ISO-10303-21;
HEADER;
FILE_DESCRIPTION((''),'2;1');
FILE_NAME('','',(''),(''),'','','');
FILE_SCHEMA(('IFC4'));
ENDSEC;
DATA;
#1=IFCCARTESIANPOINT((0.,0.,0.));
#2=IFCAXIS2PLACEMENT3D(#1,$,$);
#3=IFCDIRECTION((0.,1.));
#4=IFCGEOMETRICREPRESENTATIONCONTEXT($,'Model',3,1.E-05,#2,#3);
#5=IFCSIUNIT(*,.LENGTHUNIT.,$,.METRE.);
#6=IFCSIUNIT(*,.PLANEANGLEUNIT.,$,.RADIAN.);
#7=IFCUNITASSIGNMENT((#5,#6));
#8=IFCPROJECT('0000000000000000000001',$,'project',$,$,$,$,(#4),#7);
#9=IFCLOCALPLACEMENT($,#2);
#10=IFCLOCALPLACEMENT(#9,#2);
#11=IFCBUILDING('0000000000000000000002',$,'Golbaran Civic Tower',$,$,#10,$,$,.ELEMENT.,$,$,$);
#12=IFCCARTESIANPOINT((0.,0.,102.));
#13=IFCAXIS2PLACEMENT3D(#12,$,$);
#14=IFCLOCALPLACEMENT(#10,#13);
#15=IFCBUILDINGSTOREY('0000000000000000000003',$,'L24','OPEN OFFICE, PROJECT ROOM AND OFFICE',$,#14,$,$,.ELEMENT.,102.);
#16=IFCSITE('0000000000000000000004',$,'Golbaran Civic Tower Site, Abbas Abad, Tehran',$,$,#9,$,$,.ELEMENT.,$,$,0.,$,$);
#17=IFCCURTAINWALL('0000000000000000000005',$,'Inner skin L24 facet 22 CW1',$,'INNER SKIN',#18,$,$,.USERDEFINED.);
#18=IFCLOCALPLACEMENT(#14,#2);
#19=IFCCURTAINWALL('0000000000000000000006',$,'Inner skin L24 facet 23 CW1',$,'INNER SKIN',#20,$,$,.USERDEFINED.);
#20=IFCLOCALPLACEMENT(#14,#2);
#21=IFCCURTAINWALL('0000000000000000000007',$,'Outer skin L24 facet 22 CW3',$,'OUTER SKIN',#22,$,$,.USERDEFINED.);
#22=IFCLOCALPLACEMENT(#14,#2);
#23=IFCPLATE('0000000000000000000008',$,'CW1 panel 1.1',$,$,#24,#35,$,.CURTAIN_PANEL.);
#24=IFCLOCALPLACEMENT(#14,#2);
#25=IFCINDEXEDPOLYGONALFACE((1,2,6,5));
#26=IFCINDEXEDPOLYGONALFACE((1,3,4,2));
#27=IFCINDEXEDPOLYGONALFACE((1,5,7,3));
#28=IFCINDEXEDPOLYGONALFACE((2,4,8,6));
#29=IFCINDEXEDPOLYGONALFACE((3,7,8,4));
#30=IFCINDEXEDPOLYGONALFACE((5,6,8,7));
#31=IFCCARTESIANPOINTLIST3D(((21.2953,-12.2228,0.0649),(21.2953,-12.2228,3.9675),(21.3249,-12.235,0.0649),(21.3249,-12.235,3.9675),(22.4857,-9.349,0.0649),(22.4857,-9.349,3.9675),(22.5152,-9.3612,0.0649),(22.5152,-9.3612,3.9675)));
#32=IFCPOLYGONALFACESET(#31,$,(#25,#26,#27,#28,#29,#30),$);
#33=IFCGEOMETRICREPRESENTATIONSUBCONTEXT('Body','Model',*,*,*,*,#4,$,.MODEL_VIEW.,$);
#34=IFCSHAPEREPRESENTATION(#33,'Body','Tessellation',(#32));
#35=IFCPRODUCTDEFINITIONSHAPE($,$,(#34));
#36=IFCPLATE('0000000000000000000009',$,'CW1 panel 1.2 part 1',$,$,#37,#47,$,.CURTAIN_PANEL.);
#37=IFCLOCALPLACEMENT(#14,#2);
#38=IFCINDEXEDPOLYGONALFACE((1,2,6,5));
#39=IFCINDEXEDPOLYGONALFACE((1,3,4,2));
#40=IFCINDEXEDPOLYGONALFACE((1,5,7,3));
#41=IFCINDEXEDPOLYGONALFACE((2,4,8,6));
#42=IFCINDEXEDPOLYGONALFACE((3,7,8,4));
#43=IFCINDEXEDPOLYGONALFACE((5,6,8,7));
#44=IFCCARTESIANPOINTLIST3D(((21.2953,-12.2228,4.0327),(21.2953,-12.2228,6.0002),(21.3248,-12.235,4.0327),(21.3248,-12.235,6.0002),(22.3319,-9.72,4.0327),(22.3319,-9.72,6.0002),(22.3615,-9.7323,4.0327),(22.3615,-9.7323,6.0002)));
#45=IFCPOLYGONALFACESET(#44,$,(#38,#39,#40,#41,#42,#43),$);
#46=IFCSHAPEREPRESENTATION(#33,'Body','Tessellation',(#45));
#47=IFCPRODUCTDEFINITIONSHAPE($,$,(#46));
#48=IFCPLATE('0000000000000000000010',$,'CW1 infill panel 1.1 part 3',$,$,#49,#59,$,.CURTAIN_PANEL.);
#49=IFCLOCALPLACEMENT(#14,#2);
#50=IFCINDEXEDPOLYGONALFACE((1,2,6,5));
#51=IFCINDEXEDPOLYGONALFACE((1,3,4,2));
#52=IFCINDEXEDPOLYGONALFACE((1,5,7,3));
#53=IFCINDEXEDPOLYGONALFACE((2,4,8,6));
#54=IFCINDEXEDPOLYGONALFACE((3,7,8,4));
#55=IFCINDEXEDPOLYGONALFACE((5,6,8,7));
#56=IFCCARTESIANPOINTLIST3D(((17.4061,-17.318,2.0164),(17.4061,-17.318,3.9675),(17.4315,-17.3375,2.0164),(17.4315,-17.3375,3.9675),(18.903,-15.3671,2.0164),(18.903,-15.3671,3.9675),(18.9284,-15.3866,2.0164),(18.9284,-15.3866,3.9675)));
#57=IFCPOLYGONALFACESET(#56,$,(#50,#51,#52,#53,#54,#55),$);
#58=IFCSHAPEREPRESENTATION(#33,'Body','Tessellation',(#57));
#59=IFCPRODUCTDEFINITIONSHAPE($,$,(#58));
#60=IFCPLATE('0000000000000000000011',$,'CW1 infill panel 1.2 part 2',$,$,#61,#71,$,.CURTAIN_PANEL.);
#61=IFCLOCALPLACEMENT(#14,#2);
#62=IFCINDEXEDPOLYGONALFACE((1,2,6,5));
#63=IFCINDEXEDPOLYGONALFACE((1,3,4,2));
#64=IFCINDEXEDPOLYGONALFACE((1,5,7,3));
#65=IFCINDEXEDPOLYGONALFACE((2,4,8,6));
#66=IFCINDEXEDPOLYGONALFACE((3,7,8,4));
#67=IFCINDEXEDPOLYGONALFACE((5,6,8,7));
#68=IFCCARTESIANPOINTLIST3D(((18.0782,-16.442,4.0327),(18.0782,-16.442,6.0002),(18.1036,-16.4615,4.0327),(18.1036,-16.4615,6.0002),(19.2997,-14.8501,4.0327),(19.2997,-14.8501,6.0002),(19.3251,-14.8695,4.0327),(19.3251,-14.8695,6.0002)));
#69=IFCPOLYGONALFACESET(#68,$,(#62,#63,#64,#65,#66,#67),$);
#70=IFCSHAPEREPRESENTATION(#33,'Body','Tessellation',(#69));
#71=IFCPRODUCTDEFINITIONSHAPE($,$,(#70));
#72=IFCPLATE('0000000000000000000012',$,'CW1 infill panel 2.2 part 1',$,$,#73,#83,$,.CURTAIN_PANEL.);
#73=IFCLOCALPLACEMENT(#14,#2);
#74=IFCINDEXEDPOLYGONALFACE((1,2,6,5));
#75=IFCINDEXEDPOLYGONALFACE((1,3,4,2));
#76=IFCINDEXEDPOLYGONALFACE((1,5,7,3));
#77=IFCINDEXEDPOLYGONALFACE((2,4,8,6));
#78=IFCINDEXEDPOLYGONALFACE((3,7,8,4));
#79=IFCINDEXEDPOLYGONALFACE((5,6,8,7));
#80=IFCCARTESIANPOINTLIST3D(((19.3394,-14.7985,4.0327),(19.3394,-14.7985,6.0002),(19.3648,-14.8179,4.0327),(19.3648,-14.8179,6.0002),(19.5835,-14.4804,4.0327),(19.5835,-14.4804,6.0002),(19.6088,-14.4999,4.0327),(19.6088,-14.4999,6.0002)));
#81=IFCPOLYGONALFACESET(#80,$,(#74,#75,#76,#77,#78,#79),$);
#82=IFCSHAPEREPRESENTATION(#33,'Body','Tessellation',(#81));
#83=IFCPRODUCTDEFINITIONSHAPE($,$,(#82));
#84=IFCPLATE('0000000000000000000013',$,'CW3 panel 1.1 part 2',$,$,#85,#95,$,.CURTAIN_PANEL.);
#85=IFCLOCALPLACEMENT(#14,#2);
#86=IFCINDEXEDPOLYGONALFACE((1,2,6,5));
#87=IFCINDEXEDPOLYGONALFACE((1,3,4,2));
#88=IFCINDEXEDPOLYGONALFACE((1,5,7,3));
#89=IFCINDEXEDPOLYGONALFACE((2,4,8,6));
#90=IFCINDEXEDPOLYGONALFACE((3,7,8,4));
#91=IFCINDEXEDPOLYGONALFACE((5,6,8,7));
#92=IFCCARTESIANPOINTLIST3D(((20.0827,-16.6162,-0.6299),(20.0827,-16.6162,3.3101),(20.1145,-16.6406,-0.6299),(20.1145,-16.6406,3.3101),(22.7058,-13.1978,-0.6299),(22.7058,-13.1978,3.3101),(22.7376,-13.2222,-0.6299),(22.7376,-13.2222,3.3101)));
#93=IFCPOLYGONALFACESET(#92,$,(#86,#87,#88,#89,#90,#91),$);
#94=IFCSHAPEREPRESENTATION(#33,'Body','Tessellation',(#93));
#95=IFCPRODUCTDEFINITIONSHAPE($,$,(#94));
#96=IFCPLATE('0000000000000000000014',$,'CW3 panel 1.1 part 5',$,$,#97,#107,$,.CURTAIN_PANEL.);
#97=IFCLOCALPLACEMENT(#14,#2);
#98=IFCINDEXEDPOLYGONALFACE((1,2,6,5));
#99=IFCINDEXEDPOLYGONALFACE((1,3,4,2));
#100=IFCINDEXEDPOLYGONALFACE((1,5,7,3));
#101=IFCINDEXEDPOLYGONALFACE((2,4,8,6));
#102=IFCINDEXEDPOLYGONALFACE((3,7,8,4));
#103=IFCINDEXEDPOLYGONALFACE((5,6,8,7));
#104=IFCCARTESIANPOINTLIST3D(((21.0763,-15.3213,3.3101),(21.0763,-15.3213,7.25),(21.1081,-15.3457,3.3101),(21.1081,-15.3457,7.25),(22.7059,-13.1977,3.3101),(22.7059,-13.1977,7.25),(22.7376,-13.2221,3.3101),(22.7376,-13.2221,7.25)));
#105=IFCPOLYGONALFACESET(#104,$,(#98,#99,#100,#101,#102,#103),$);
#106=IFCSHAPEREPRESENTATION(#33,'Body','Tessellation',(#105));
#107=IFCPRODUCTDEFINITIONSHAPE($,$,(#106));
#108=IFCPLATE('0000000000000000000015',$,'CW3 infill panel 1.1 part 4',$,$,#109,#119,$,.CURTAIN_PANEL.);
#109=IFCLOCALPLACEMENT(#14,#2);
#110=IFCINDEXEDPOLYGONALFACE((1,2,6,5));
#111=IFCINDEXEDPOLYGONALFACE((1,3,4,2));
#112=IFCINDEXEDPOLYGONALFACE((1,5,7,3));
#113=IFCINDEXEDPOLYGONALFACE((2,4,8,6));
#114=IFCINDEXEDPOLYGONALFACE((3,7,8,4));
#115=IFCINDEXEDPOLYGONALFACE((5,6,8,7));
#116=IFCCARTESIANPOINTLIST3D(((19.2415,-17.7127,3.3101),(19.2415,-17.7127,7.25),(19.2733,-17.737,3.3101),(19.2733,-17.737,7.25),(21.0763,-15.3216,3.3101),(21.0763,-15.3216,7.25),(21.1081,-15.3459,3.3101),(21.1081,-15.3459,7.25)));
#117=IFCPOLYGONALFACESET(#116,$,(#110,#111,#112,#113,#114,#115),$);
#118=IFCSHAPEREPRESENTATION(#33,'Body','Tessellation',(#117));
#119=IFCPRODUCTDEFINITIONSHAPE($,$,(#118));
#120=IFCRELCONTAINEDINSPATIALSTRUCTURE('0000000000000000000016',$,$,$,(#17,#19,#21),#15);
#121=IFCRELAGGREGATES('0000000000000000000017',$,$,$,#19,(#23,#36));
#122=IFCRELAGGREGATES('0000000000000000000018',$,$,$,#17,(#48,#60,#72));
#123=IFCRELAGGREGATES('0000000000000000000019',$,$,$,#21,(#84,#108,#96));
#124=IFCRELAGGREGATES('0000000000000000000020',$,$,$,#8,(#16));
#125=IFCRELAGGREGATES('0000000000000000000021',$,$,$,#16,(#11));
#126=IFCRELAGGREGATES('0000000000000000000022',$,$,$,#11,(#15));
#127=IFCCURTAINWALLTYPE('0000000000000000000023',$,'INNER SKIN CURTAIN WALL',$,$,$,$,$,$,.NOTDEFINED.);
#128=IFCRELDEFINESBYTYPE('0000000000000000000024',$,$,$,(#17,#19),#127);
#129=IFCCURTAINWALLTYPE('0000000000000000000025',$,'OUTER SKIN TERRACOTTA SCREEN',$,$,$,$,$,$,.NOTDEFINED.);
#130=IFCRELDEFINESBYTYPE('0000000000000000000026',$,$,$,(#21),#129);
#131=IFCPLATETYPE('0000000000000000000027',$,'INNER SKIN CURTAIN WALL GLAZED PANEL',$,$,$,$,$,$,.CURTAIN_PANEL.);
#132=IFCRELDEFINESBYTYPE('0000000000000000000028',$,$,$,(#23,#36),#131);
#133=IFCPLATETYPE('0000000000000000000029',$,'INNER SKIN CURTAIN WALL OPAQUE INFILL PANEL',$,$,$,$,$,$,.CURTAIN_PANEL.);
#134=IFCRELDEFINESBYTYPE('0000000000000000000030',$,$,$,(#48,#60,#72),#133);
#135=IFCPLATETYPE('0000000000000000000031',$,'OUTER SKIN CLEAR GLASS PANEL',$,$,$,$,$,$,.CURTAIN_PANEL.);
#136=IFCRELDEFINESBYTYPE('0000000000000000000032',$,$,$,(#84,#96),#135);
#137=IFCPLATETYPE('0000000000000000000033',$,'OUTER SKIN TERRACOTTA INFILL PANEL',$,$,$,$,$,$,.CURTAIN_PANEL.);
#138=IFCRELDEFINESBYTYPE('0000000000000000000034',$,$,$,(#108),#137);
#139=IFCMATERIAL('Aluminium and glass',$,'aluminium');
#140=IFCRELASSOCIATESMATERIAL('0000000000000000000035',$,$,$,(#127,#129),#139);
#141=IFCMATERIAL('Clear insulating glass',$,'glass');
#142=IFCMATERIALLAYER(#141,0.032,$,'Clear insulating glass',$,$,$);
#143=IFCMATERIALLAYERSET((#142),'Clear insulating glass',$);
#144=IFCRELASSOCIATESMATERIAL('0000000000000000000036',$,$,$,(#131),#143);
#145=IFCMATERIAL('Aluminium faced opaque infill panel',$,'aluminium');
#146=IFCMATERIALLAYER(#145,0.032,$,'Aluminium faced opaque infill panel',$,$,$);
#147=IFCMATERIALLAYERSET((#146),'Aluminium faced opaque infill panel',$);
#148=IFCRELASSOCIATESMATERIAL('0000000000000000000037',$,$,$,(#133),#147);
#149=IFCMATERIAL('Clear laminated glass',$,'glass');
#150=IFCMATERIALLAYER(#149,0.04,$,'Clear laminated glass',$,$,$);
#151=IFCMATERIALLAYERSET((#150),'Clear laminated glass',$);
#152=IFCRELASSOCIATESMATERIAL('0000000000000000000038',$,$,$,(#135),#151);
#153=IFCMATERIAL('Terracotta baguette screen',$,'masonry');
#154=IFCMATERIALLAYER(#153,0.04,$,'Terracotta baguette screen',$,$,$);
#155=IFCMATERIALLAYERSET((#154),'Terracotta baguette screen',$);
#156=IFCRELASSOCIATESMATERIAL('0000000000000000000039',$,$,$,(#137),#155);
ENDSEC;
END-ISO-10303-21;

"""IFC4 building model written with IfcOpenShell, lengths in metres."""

from ifc_helpers import new_model, si_unit, direction, frame, origin, origin_2d, place, context, subcontext, project, spatial, rectangle, extrude, material, layer, layer_set, type_object, element, aggregate, save


model = new_model("IFC4")

# Units and contexts
model_context = context("Model", 3, precision=1e-05, world=origin(), true_north=direction((0.0, 1.0)))
body_context = subcontext(model_context, "Body", "Model", "MODEL_VIEW")
ifc_project = project(units=[si_unit("LENGTHUNIT", "METRE"), si_unit("PLANEANGLEUNIT", "RADIAN")], contexts=[model_context])

# Site, building, storey
site_placement = place(None, origin())
site = spatial("IfcSite", under=ifc_project, at=site_placement, Name="Golbaran Civic Tower Site, Abbas Abad, Tehran", CompositionType="ELEMENT", RefElevation=0.0)
building_placement = place(site_placement, origin())
building = spatial("IfcBuilding", under=site, at=building_placement, Name="Golbaran Civic Tower", CompositionType="ELEMENT")
storey_placement = place(building_placement, frame((0.0, 0.0, 102.0)))
storey = spatial("IfcBuildingStorey", under=building, at=storey_placement, Name="L24", Description="OPEN OFFICE, PROJECT ROOM AND OFFICE", CompositionType="ELEMENT", Elevation=102.0)

# Curtain wall
ifc_material_1 = material(Name="Aluminium and glass", Category="aluminium")
curtain_wall_type_1 = type_object("IfcCurtainWallType", Name="INNER SKIN CURTAIN WALL", PredefinedType="NOTDEFINED", material=ifc_material_1)
curtain_wall_1_placement = place(storey_placement, origin())
curtain_wall_1 = element("IfcCurtainWall", 1, at=curtain_wall_1_placement, inside=storey, type_object=curtain_wall_type_1, Name="Inner skin L24 facet 22 CW1", ObjectType="INNER SKIN", PredefinedType="USERDEFINED")

# Curtain wall
curtain_wall_2_placement = place(storey_placement, origin())
curtain_wall_2 = element("IfcCurtainWall", 2, at=curtain_wall_2_placement, inside=storey, type_object=curtain_wall_type_1, Name="Inner skin L24 facet 23 CW1", ObjectType="INNER SKIN", PredefinedType="USERDEFINED")

# Curtain wall
curtain_wall_type_2 = type_object("IfcCurtainWallType", Name="OUTER SKIN TERRACOTTA SCREEN", PredefinedType="NOTDEFINED", material=ifc_material_1)
curtain_wall_3_placement = place(storey_placement, origin())
curtain_wall_3 = element("IfcCurtainWall", 3, at=curtain_wall_3_placement, inside=storey, type_object=curtain_wall_type_2, Name="Outer skin L24 facet 22 CW3", ObjectType="OUTER SKIN", PredefinedType="USERDEFINED")

# Plates
ifc_material_2 = material(Name="Clear insulating glass", Category="glass")
ifc_layer_1 = layer(ifc_material_2, 0.032, Name="Clear insulating glass")
ifc_layer_set_1 = layer_set([ifc_layer_1], Name="Clear insulating glass")
plate_type_1 = type_object("IfcPlateType", Name="INNER SKIN CURTAIN WALL GLAZED PANEL", PredefinedType="CURTAIN_PANEL", material=ifc_layer_set_1)
plate_1_placement = place(storey_placement, frame((21.9053, -10.792, 0.0649), z_axis=(0.0, 0.0, 1.0), x_axis=(0.382683, 0.92388, 0.0)))
plate_1 = element("IfcPlate", 4, at=plate_1_placement, type_object=plate_type_1, Name="CW1 panel 1.1", PredefinedType="CURTAIN_PANEL", context=body_context, shape_type="SweptSolid", body=[
    extrude(rectangle(XDim=3.1106, YDim=0.032, at=origin_2d()), origin(), (0.0, 0.0, 1.0), 3.9026),
])
plate_2_placement = place(storey_placement, frame((21.8284, -10.9775, 4.0327), z_axis=(0.0, 0.0, 1.0), x_axis=(0.382683, 0.92388, 0.0)))
plate_2 = element("IfcPlate", 5, at=plate_2_placement, type_object=plate_type_1, Name="CW1 panel 1.2 part 1", PredefinedType="CURTAIN_PANEL", context=body_context, shape_type="SweptSolid", body=[
    extrude(rectangle(XDim=2.709, YDim=0.032, at=origin_2d()), origin(), (0.0, 0.0, 1.0), 1.9675),
])
aggregate(curtain_wall_2, [plate_1, plate_2])
ifc_material_3 = material(Name="Aluminium faced opaque infill panel", Category="aluminium")
ifc_layer_2 = layer(ifc_material_3, 0.032, Name="Aluminium faced opaque infill panel")
ifc_layer_set_2 = layer_set([ifc_layer_2], Name="Aluminium faced opaque infill panel")
plate_type_2 = type_object("IfcPlateType", Name="INNER SKIN CURTAIN WALL OPAQUE INFILL PANEL", PredefinedType="CURTAIN_PANEL", material=ifc_layer_set_2)
plate_3_placement = place(storey_placement, frame((18.1672, -16.3523, 2.0164), z_axis=(0.0, 0.0, 1.0), x_axis=(0.608761, 0.793353, 0.0)))
plate_3 = element("IfcPlate", 6, at=plate_3_placement, type_object=plate_type_2, Name="CW1 infill panel 1.1 part 3", PredefinedType="CURTAIN_PANEL", context=body_context, shape_type="SweptSolid", body=[
    extrude(rectangle(XDim=2.459, YDim=0.032, at=origin_2d()), origin(), (0.0, 0.0, 1.0), 1.9512),
])
plate_4_placement = place(storey_placement, frame((18.7017, -15.6558, 4.0327), z_axis=(0.0, 0.0, 1.0), x_axis=(0.608761, 0.793353, 0.0)))
plate_4 = element("IfcPlate", 7, at=plate_4_placement, type_object=plate_type_2, Name="CW1 infill panel 1.2 part 2", PredefinedType="CURTAIN_PANEL", context=body_context, shape_type="SweptSolid", body=[
    extrude(rectangle(XDim=2.0066, YDim=0.032, at=origin_2d()), origin(), (0.0, 0.0, 1.0), 1.9675),
])
plate_5_placement = place(storey_placement, frame((19.4741, -14.6492, 4.0327), z_axis=(0.0, 0.0, 1.0), x_axis=(0.608761, 0.793353, 0.0)))
plate_5 = element("IfcPlate", 8, at=plate_5_placement, type_object=plate_type_2, Name="CW1 infill panel 2.2 part 1", PredefinedType="CURTAIN_PANEL", context=body_context, shape_type="SweptSolid", body=[
    extrude(rectangle(XDim=0.4009, YDim=0.032, at=origin_2d()), origin(), (0.0, 0.0, 1.0), 1.9675),
])
aggregate(curtain_wall_1, [plate_3, plate_4, plate_5])
ifc_material_4 = material(Name="Clear laminated glass", Category="glass")
ifc_layer_3 = layer(ifc_material_4, 0.04, Name="Clear laminated glass")
ifc_layer_set_3 = layer_set([ifc_layer_3], Name="Clear laminated glass")
plate_type_3 = type_object("IfcPlateType", Name="OUTER SKIN CLEAR GLASS PANEL", PredefinedType="CURTAIN_PANEL", material=ifc_layer_set_3)
plate_6_placement = place(storey_placement, frame((21.4102, -14.9192, -0.6299), z_axis=(0.0, 0.0, 1.0), x_axis=(0.608761, 0.793353, 0.0)))
plate_6 = element("IfcPlate", 9, at=plate_6_placement, type_object=plate_type_3, Name="CW3 panel 1.1 part 2", PredefinedType="CURTAIN_PANEL", context=body_context, shape_type="SweptSolid", body=[
    extrude(rectangle(XDim=4.3088, YDim=0.04, at=origin_2d()), origin(), (0.0, 0.0, 1.0), 3.9399),
])
plate_7_placement = place(storey_placement, frame((21.907, -14.2717, 3.3101), z_axis=(0.0, 0.0, 1.0), x_axis=(0.608761, 0.793353, 0.0)))
plate_7 = element("IfcPlate", 10, at=plate_7_placement, type_object=plate_type_3, Name="CW3 panel 1.1 part 5", PredefinedType="CURTAIN_PANEL", context=body_context, shape_type="SweptSolid", body=[
    extrude(rectangle(XDim=2.6768, YDim=0.04, at=origin_2d()), origin(), (0.0, 0.0, 1.0), 3.9399),
])
ifc_material_5 = material(Name="Terracotta baguette screen", Category="masonry")
ifc_layer_4 = layer(ifc_material_5, 0.04, Name="Terracotta baguette screen")
ifc_layer_set_4 = layer_set([ifc_layer_4], Name="Terracotta baguette screen")
plate_type_4 = type_object("IfcPlateType", Name="OUTER SKIN TERRACOTTA INFILL PANEL", PredefinedType="CURTAIN_PANEL", material=ifc_layer_set_4)
plate_8_placement = place(storey_placement, frame((20.1748, -16.5293, 3.3101), z_axis=(0.0, 0.0, 1.0), x_axis=(0.608761, 0.793353, 0.0)))
plate_8 = element("IfcPlate", 11, at=plate_8_placement, type_object=plate_type_4, Name="CW3 infill panel 1.1 part 4", PredefinedType="CURTAIN_PANEL", context=body_context, shape_type="SweptSolid", body=[
    extrude(rectangle(XDim=3.0139, YDim=0.04, at=origin_2d()), origin(), (0.0, 0.0, 1.0), 3.9399),
])
aggregate(curtain_wall_3, [plate_6, plate_8, plate_7])

save(model, "model.ifc")
